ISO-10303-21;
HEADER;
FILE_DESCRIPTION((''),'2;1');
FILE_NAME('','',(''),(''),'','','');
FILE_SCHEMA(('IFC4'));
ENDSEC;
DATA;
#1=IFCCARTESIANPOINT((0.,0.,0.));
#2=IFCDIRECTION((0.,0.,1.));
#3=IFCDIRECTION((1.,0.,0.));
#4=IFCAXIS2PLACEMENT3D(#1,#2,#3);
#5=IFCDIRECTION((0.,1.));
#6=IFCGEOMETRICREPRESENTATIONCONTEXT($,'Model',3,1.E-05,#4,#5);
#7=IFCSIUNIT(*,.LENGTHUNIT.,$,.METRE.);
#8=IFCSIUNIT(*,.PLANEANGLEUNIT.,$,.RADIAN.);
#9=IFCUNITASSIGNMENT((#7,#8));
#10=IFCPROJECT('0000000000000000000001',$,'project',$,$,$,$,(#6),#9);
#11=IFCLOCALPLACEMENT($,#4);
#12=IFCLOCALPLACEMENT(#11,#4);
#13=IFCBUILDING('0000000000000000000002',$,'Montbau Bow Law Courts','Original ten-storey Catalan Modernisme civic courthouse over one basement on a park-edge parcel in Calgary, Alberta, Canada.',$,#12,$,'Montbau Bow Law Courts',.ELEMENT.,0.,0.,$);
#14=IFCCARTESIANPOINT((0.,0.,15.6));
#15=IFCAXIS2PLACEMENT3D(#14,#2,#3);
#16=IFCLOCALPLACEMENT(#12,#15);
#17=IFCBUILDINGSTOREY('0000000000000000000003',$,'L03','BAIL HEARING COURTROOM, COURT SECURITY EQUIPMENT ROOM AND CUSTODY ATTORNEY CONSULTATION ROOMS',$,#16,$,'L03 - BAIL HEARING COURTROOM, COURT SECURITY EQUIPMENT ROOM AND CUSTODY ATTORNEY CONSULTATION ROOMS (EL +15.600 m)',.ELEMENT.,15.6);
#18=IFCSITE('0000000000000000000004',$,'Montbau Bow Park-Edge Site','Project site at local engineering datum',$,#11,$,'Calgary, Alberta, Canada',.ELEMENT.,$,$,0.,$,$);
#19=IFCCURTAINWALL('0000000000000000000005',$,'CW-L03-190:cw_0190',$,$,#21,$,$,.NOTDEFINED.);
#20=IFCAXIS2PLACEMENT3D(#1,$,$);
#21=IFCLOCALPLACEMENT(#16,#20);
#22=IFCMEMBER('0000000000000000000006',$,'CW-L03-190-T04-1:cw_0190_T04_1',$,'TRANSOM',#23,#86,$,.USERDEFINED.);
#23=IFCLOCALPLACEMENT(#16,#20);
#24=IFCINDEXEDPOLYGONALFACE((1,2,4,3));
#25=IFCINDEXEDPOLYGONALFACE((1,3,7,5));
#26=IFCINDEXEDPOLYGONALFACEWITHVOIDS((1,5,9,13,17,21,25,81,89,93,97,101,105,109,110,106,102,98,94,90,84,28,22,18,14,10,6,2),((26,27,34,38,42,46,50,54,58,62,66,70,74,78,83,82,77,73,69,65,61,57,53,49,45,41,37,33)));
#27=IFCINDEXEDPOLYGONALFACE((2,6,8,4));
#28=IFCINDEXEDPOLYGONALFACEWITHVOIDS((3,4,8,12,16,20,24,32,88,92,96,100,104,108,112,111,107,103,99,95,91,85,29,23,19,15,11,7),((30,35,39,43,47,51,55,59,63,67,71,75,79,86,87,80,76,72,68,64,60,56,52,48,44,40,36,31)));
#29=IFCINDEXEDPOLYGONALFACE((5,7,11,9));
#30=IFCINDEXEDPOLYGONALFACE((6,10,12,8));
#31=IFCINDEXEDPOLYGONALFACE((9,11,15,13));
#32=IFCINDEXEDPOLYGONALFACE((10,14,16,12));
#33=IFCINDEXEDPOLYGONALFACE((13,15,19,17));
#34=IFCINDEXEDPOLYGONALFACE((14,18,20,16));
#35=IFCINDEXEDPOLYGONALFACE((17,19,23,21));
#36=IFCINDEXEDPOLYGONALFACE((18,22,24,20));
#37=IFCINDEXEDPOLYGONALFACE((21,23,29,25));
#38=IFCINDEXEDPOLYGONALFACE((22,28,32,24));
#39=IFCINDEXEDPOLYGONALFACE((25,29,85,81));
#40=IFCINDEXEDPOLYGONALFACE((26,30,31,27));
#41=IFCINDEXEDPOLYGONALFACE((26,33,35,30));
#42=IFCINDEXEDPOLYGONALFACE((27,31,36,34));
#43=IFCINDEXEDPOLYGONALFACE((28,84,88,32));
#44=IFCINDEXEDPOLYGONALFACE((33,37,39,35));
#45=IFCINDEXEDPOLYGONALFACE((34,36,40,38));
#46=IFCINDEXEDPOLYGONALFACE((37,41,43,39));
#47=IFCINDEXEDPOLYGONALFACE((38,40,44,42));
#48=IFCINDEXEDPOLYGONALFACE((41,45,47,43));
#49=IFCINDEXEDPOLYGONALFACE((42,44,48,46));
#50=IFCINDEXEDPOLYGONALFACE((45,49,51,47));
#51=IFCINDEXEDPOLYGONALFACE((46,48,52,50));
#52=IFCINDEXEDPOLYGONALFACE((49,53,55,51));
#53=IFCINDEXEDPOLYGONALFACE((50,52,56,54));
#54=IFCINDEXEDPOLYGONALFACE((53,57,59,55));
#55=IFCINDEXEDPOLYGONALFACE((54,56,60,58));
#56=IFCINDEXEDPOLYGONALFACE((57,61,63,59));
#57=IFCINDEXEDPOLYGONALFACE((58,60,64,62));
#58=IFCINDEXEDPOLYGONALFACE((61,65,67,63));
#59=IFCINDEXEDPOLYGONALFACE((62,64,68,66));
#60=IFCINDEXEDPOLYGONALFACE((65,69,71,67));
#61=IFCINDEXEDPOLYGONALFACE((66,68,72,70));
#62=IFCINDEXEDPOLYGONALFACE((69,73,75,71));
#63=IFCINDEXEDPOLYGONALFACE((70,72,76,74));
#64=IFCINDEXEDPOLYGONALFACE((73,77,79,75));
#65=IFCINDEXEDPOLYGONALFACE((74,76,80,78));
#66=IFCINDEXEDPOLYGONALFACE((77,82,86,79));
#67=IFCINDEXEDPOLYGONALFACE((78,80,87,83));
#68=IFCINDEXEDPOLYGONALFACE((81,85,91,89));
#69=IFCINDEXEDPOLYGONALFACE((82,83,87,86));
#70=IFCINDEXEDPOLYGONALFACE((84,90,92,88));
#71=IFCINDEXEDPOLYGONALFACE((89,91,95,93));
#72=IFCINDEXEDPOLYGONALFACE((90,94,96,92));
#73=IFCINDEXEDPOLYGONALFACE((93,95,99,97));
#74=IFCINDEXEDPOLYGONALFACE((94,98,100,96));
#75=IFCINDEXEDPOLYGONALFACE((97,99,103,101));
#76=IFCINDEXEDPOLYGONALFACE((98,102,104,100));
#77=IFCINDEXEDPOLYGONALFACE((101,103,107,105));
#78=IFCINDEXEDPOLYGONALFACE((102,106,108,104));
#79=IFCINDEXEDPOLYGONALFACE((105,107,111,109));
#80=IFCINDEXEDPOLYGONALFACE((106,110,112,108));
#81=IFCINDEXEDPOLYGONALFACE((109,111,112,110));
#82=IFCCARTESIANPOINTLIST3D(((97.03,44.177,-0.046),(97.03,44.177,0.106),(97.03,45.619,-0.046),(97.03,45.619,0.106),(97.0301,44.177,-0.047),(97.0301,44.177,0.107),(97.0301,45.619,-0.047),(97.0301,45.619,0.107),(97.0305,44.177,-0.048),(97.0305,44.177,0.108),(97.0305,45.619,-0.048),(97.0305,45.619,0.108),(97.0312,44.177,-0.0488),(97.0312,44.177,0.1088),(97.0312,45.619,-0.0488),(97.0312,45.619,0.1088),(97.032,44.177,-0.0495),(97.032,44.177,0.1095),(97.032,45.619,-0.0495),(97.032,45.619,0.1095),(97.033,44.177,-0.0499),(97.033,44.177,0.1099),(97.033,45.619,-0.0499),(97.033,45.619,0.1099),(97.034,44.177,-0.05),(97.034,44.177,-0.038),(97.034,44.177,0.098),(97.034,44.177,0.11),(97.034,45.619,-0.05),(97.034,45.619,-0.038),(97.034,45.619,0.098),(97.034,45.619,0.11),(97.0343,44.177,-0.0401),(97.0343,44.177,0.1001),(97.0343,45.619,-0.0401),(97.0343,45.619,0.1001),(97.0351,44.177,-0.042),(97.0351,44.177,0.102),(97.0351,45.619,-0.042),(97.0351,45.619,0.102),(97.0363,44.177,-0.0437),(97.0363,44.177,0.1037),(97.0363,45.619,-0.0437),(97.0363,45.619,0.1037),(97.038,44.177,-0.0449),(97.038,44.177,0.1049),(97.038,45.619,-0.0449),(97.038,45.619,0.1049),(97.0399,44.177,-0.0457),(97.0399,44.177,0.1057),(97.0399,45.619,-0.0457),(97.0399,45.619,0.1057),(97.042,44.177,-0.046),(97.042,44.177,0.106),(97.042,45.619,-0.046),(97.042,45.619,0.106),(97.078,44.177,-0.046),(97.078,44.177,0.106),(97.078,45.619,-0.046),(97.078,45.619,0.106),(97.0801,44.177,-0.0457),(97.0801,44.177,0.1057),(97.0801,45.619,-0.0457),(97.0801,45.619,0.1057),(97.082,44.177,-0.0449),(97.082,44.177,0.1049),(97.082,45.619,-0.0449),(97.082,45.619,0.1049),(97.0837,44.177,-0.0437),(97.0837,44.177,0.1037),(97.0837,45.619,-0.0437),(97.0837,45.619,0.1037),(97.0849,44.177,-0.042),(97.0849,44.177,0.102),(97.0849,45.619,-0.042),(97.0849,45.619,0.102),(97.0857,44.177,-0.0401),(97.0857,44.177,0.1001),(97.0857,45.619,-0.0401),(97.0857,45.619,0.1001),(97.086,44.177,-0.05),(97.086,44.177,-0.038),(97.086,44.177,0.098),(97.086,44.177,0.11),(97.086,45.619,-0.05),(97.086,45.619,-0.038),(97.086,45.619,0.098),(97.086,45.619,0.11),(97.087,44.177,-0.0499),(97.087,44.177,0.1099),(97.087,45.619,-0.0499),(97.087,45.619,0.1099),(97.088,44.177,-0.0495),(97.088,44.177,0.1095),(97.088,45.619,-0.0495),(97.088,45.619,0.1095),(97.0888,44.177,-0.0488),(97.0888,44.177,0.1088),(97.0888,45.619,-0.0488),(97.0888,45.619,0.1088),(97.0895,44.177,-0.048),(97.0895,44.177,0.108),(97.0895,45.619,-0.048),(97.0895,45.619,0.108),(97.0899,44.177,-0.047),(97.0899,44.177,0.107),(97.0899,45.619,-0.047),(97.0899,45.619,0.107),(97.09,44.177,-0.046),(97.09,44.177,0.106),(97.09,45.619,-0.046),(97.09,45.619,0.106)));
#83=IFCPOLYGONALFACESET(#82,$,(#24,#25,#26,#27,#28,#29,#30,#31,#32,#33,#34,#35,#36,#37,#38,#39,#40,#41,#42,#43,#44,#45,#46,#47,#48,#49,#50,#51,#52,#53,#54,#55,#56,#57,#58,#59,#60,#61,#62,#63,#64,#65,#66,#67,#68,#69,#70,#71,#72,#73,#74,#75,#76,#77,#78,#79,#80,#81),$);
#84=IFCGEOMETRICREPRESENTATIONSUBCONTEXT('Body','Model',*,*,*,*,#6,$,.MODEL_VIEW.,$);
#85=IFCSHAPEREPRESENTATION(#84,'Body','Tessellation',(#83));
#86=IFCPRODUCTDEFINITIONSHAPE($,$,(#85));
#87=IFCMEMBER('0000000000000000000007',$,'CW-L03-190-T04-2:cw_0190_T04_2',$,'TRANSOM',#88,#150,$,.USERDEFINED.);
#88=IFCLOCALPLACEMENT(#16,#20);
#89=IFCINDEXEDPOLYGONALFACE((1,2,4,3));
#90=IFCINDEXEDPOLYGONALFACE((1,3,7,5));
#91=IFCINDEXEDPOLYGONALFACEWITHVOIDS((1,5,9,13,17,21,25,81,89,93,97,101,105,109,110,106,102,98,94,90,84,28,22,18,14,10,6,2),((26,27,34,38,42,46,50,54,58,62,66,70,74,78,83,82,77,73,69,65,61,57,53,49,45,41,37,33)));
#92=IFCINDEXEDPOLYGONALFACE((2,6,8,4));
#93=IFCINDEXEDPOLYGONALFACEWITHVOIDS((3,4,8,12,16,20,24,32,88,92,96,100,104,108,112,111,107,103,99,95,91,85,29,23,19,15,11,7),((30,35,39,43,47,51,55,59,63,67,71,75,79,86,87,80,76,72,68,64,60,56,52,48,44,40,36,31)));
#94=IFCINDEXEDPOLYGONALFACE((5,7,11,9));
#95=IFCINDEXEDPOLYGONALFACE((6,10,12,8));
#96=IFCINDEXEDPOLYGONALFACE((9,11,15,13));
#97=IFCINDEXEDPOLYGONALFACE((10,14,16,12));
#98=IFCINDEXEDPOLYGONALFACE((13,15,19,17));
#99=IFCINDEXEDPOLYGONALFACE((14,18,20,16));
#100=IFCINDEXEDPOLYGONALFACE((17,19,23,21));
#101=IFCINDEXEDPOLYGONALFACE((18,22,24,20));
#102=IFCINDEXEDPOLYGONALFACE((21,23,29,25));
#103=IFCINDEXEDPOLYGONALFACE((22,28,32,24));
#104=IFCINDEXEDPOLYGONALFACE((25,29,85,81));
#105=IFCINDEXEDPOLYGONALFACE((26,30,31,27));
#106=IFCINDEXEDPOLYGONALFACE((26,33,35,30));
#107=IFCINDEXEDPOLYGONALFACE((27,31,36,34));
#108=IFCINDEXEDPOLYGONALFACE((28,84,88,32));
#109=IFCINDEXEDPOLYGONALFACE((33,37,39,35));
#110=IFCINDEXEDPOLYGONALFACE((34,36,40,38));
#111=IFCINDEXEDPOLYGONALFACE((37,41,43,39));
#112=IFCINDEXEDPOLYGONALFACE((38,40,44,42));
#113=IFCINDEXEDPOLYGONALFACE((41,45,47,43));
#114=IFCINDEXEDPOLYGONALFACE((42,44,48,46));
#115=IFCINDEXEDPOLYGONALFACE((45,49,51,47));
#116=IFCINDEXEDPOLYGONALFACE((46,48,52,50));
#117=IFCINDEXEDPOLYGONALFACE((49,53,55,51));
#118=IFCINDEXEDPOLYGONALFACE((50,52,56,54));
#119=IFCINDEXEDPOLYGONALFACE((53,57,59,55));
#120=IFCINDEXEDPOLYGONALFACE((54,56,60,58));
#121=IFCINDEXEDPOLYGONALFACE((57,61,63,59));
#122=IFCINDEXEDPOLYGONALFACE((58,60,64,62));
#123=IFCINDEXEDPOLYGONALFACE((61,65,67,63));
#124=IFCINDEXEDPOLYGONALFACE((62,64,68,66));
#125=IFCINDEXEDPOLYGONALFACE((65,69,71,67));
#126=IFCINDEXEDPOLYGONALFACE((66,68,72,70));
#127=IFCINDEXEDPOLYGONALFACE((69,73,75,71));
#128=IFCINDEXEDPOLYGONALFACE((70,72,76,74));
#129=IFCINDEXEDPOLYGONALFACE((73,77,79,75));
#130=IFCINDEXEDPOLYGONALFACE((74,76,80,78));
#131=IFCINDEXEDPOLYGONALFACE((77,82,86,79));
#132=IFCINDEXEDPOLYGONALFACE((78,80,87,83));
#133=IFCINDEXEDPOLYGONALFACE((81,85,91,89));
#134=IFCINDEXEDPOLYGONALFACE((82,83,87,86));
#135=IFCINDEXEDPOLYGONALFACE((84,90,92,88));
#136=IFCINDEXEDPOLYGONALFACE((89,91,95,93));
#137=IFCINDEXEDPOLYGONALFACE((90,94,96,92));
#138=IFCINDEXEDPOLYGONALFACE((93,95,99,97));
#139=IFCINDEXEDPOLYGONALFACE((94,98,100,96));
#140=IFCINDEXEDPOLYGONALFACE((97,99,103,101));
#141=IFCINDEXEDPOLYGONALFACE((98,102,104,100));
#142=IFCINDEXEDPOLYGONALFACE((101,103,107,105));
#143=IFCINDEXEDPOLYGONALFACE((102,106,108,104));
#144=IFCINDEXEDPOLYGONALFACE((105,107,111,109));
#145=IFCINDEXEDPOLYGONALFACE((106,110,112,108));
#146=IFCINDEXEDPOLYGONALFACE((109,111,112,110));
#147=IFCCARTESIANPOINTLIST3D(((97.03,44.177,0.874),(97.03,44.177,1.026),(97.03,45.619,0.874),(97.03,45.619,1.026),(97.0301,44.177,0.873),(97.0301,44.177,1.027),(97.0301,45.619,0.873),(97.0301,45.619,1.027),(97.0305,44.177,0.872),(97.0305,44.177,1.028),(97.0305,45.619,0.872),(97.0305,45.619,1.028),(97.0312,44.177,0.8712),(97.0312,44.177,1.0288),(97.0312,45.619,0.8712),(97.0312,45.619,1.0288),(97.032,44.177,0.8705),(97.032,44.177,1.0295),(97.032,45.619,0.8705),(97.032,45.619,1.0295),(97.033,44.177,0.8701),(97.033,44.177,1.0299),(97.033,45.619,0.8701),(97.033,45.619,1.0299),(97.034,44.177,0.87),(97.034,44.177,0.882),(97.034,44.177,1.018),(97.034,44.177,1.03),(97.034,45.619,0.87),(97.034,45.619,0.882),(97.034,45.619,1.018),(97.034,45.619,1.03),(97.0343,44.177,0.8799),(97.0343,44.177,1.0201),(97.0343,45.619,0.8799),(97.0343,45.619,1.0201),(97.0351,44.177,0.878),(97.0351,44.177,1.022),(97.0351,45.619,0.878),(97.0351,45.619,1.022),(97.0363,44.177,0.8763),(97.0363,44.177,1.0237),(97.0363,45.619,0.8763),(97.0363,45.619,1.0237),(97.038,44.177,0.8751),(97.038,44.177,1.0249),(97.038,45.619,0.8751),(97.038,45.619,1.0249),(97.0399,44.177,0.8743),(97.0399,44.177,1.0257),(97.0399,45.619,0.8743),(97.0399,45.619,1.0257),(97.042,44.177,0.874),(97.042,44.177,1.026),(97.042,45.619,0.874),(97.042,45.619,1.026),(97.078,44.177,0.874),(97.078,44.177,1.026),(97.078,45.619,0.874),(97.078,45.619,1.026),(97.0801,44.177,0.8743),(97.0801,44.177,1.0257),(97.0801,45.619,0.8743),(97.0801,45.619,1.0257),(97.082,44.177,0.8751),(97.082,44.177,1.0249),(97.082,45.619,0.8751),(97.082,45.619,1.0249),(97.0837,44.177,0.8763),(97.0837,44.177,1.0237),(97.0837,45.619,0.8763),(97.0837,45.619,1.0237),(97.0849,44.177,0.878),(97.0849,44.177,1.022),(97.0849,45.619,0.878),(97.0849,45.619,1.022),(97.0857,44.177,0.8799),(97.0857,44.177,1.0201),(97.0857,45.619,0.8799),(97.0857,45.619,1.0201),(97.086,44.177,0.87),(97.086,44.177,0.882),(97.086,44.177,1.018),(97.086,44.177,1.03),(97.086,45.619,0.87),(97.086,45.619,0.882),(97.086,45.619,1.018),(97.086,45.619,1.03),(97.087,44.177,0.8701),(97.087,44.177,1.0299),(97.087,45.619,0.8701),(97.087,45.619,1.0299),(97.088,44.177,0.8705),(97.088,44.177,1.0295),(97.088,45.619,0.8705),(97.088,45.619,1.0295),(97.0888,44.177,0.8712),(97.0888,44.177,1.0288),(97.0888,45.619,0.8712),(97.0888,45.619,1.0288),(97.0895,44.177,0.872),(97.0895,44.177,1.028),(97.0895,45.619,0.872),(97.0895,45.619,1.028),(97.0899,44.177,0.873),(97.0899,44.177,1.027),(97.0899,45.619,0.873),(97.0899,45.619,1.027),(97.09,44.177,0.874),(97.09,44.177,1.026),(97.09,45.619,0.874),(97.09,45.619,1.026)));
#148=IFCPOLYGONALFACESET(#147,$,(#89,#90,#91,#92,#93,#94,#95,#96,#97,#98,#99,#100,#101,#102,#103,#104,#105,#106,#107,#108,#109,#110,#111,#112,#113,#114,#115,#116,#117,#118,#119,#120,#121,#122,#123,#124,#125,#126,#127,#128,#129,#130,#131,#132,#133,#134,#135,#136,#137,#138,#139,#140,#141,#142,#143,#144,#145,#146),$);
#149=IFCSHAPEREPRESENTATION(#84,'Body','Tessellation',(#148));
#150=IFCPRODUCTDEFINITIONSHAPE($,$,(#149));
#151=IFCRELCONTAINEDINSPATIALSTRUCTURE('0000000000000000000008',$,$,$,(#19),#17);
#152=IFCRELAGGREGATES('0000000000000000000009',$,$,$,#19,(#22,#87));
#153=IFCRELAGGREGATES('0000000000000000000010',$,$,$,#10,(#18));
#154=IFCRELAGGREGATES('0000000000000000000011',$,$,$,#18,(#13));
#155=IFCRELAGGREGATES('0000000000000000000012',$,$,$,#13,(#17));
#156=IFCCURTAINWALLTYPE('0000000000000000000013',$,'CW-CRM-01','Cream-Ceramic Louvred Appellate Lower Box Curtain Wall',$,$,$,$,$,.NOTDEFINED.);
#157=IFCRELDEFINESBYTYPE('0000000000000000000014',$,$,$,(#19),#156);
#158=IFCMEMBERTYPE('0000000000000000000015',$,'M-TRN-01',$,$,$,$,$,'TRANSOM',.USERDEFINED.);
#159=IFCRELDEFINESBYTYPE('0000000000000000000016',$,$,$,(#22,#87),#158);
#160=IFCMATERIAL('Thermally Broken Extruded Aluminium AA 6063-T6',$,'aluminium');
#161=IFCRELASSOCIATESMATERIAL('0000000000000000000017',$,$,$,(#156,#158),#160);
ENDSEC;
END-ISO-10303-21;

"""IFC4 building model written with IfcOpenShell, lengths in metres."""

from ifc_helpers import new_model, si_unit, direction, frame, origin_with_axes, origin_2d_with_axis, place, context, subcontext, project, spatial, hollow_rectangle, extrude, material, material_profile, profile_set, type_object, element, aggregate, save


model = new_model("IFC4")

# Units and contexts
model_context = context("Model", 3, precision=1e-05, world=origin_with_axes(), true_north=direction((0.0, 1.0)))
body_context = subcontext(model_context, "Body", "Model", "MODEL_VIEW")
ifc_project = project(units=[si_unit("LENGTHUNIT", "METRE"), si_unit("PLANEANGLEUNIT", "RADIAN")], contexts=[model_context])

# Site, building, storey
site_placement = place(None, origin_with_axes())
site = spatial("IfcSite", under=ifc_project, at=site_placement, Name="Montbau Bow Park-Edge Site", Description="Project site at local engineering datum", LongName="Calgary, Alberta, Canada", CompositionType="ELEMENT", RefElevation=0.0)
building_placement = place(site_placement, origin_with_axes())
building = spatial("IfcBuilding", under=site, at=building_placement, Name="Montbau Bow Law Courts", Description="Original ten-storey Catalan Modernisme civic courthouse over one basement on a park-edge parcel in Calgary, Alberta, Canada.", LongName="Montbau Bow Law Courts", CompositionType="ELEMENT", ElevationOfRefHeight=0.0, ElevationOfTerrain=0.0)
storey_placement = place(building_placement, frame((0.0, 0.0, 15.6), z_axis=(0.0, 0.0, 1.0), x_axis=(1.0, 0.0, 0.0)))
storey = spatial("IfcBuildingStorey", under=building, at=storey_placement, Name="L03", Description="BAIL HEARING COURTROOM, COURT SECURITY EQUIPMENT ROOM AND CUSTODY ATTORNEY CONSULTATION ROOMS", LongName="L03 - BAIL HEARING COURTROOM, COURT SECURITY EQUIPMENT ROOM AND CUSTODY ATTORNEY CONSULTATION ROOMS (EL +15.600 m)", CompositionType="ELEMENT", Elevation=15.6)

# Curtain wall
ifc_material_1 = material(Name="Thermally Broken Extruded Aluminium AA 6063-T6", Category="aluminium")
curtain_wall_type = type_object("IfcCurtainWallType", Name="CW-CRM-01", Description="Cream-Ceramic Louvred Appellate Lower Box Curtain Wall", PredefinedType="NOTDEFINED", material=ifc_material_1)
curtain_wall_1_placement = place(None, frame((97.06, 39.515, 15.6), z_axis=(0.0, 0.0, 1.0), x_axis=(1.0, 0.0, 0.0)))
curtain_wall_1 = element("IfcCurtainWall", 1, at=curtain_wall_1_placement, inside=storey, type_object=curtain_wall_type, Name="CW-L03-190:cw_0190", PredefinedType="NOTDEFINED")

# Members
ifc_material_profile_1 = material_profile(ifc_material_1, hollow_rectangle(XDim=0.06, YDim=0.16, WallThickness=0.004, InnerFilletRadius=0.008, OuterFilletRadius=0.004, at=origin_2d_with_axis()), Name="CWT-160X60", Category="Main", Priority=0)
ifc_profile_set_1 = profile_set([ifc_material_profile_1], Name="Thermally Broken Extruded Aluminium AA 6063-T6")
member_type_1 = type_object("IfcMemberType", Name="M-TRN-01", ElementType="TRANSOM", PredefinedType="USERDEFINED", material=ifc_profile_set_1)
member_1_placement = place(None, frame((97.06, 44.177, 15.63), z_axis=(0.0, 1.0, 0.0), x_axis=(-1.0, 0.0, 0.0)))
member_1 = element("IfcMember", 2, at=member_1_placement, type_object=member_type_1, Name="CW-L03-190-T04-1:cw_0190_T04_1", ObjectType="TRANSOM", PredefinedType="USERDEFINED", context=body_context, shape_type="SweptSolid", body=[
    extrude(hollow_rectangle(XDim=0.06, YDim=0.16, WallThickness=0.004, InnerFilletRadius=0.008, OuterFilletRadius=0.004, at=origin_2d_with_axis()), origin_with_axes(), (0.0, 0.0, 1.0), 1.442),
])
member_2_placement = place(None, frame((97.06, 44.177, 16.55), z_axis=(0.0, 1.0, 0.0), x_axis=(-1.0, 0.0, 0.0)))
member_2 = element("IfcMember", 3, at=member_2_placement, type_object=member_type_1, Name="CW-L03-190-T04-2:cw_0190_T04_2", ObjectType="TRANSOM", PredefinedType="USERDEFINED", context=body_context, shape_type="SweptSolid", body=[
    extrude(hollow_rectangle(XDim=0.06, YDim=0.16, WallThickness=0.004, InnerFilletRadius=0.008, OuterFilletRadius=0.004, at=origin_2d_with_axis()), origin_with_axes(), (0.0, 0.0, 1.0), 1.442),
])

aggregate(curtain_wall_1, [member_1, member_2])

save(model, "model.ifc")
